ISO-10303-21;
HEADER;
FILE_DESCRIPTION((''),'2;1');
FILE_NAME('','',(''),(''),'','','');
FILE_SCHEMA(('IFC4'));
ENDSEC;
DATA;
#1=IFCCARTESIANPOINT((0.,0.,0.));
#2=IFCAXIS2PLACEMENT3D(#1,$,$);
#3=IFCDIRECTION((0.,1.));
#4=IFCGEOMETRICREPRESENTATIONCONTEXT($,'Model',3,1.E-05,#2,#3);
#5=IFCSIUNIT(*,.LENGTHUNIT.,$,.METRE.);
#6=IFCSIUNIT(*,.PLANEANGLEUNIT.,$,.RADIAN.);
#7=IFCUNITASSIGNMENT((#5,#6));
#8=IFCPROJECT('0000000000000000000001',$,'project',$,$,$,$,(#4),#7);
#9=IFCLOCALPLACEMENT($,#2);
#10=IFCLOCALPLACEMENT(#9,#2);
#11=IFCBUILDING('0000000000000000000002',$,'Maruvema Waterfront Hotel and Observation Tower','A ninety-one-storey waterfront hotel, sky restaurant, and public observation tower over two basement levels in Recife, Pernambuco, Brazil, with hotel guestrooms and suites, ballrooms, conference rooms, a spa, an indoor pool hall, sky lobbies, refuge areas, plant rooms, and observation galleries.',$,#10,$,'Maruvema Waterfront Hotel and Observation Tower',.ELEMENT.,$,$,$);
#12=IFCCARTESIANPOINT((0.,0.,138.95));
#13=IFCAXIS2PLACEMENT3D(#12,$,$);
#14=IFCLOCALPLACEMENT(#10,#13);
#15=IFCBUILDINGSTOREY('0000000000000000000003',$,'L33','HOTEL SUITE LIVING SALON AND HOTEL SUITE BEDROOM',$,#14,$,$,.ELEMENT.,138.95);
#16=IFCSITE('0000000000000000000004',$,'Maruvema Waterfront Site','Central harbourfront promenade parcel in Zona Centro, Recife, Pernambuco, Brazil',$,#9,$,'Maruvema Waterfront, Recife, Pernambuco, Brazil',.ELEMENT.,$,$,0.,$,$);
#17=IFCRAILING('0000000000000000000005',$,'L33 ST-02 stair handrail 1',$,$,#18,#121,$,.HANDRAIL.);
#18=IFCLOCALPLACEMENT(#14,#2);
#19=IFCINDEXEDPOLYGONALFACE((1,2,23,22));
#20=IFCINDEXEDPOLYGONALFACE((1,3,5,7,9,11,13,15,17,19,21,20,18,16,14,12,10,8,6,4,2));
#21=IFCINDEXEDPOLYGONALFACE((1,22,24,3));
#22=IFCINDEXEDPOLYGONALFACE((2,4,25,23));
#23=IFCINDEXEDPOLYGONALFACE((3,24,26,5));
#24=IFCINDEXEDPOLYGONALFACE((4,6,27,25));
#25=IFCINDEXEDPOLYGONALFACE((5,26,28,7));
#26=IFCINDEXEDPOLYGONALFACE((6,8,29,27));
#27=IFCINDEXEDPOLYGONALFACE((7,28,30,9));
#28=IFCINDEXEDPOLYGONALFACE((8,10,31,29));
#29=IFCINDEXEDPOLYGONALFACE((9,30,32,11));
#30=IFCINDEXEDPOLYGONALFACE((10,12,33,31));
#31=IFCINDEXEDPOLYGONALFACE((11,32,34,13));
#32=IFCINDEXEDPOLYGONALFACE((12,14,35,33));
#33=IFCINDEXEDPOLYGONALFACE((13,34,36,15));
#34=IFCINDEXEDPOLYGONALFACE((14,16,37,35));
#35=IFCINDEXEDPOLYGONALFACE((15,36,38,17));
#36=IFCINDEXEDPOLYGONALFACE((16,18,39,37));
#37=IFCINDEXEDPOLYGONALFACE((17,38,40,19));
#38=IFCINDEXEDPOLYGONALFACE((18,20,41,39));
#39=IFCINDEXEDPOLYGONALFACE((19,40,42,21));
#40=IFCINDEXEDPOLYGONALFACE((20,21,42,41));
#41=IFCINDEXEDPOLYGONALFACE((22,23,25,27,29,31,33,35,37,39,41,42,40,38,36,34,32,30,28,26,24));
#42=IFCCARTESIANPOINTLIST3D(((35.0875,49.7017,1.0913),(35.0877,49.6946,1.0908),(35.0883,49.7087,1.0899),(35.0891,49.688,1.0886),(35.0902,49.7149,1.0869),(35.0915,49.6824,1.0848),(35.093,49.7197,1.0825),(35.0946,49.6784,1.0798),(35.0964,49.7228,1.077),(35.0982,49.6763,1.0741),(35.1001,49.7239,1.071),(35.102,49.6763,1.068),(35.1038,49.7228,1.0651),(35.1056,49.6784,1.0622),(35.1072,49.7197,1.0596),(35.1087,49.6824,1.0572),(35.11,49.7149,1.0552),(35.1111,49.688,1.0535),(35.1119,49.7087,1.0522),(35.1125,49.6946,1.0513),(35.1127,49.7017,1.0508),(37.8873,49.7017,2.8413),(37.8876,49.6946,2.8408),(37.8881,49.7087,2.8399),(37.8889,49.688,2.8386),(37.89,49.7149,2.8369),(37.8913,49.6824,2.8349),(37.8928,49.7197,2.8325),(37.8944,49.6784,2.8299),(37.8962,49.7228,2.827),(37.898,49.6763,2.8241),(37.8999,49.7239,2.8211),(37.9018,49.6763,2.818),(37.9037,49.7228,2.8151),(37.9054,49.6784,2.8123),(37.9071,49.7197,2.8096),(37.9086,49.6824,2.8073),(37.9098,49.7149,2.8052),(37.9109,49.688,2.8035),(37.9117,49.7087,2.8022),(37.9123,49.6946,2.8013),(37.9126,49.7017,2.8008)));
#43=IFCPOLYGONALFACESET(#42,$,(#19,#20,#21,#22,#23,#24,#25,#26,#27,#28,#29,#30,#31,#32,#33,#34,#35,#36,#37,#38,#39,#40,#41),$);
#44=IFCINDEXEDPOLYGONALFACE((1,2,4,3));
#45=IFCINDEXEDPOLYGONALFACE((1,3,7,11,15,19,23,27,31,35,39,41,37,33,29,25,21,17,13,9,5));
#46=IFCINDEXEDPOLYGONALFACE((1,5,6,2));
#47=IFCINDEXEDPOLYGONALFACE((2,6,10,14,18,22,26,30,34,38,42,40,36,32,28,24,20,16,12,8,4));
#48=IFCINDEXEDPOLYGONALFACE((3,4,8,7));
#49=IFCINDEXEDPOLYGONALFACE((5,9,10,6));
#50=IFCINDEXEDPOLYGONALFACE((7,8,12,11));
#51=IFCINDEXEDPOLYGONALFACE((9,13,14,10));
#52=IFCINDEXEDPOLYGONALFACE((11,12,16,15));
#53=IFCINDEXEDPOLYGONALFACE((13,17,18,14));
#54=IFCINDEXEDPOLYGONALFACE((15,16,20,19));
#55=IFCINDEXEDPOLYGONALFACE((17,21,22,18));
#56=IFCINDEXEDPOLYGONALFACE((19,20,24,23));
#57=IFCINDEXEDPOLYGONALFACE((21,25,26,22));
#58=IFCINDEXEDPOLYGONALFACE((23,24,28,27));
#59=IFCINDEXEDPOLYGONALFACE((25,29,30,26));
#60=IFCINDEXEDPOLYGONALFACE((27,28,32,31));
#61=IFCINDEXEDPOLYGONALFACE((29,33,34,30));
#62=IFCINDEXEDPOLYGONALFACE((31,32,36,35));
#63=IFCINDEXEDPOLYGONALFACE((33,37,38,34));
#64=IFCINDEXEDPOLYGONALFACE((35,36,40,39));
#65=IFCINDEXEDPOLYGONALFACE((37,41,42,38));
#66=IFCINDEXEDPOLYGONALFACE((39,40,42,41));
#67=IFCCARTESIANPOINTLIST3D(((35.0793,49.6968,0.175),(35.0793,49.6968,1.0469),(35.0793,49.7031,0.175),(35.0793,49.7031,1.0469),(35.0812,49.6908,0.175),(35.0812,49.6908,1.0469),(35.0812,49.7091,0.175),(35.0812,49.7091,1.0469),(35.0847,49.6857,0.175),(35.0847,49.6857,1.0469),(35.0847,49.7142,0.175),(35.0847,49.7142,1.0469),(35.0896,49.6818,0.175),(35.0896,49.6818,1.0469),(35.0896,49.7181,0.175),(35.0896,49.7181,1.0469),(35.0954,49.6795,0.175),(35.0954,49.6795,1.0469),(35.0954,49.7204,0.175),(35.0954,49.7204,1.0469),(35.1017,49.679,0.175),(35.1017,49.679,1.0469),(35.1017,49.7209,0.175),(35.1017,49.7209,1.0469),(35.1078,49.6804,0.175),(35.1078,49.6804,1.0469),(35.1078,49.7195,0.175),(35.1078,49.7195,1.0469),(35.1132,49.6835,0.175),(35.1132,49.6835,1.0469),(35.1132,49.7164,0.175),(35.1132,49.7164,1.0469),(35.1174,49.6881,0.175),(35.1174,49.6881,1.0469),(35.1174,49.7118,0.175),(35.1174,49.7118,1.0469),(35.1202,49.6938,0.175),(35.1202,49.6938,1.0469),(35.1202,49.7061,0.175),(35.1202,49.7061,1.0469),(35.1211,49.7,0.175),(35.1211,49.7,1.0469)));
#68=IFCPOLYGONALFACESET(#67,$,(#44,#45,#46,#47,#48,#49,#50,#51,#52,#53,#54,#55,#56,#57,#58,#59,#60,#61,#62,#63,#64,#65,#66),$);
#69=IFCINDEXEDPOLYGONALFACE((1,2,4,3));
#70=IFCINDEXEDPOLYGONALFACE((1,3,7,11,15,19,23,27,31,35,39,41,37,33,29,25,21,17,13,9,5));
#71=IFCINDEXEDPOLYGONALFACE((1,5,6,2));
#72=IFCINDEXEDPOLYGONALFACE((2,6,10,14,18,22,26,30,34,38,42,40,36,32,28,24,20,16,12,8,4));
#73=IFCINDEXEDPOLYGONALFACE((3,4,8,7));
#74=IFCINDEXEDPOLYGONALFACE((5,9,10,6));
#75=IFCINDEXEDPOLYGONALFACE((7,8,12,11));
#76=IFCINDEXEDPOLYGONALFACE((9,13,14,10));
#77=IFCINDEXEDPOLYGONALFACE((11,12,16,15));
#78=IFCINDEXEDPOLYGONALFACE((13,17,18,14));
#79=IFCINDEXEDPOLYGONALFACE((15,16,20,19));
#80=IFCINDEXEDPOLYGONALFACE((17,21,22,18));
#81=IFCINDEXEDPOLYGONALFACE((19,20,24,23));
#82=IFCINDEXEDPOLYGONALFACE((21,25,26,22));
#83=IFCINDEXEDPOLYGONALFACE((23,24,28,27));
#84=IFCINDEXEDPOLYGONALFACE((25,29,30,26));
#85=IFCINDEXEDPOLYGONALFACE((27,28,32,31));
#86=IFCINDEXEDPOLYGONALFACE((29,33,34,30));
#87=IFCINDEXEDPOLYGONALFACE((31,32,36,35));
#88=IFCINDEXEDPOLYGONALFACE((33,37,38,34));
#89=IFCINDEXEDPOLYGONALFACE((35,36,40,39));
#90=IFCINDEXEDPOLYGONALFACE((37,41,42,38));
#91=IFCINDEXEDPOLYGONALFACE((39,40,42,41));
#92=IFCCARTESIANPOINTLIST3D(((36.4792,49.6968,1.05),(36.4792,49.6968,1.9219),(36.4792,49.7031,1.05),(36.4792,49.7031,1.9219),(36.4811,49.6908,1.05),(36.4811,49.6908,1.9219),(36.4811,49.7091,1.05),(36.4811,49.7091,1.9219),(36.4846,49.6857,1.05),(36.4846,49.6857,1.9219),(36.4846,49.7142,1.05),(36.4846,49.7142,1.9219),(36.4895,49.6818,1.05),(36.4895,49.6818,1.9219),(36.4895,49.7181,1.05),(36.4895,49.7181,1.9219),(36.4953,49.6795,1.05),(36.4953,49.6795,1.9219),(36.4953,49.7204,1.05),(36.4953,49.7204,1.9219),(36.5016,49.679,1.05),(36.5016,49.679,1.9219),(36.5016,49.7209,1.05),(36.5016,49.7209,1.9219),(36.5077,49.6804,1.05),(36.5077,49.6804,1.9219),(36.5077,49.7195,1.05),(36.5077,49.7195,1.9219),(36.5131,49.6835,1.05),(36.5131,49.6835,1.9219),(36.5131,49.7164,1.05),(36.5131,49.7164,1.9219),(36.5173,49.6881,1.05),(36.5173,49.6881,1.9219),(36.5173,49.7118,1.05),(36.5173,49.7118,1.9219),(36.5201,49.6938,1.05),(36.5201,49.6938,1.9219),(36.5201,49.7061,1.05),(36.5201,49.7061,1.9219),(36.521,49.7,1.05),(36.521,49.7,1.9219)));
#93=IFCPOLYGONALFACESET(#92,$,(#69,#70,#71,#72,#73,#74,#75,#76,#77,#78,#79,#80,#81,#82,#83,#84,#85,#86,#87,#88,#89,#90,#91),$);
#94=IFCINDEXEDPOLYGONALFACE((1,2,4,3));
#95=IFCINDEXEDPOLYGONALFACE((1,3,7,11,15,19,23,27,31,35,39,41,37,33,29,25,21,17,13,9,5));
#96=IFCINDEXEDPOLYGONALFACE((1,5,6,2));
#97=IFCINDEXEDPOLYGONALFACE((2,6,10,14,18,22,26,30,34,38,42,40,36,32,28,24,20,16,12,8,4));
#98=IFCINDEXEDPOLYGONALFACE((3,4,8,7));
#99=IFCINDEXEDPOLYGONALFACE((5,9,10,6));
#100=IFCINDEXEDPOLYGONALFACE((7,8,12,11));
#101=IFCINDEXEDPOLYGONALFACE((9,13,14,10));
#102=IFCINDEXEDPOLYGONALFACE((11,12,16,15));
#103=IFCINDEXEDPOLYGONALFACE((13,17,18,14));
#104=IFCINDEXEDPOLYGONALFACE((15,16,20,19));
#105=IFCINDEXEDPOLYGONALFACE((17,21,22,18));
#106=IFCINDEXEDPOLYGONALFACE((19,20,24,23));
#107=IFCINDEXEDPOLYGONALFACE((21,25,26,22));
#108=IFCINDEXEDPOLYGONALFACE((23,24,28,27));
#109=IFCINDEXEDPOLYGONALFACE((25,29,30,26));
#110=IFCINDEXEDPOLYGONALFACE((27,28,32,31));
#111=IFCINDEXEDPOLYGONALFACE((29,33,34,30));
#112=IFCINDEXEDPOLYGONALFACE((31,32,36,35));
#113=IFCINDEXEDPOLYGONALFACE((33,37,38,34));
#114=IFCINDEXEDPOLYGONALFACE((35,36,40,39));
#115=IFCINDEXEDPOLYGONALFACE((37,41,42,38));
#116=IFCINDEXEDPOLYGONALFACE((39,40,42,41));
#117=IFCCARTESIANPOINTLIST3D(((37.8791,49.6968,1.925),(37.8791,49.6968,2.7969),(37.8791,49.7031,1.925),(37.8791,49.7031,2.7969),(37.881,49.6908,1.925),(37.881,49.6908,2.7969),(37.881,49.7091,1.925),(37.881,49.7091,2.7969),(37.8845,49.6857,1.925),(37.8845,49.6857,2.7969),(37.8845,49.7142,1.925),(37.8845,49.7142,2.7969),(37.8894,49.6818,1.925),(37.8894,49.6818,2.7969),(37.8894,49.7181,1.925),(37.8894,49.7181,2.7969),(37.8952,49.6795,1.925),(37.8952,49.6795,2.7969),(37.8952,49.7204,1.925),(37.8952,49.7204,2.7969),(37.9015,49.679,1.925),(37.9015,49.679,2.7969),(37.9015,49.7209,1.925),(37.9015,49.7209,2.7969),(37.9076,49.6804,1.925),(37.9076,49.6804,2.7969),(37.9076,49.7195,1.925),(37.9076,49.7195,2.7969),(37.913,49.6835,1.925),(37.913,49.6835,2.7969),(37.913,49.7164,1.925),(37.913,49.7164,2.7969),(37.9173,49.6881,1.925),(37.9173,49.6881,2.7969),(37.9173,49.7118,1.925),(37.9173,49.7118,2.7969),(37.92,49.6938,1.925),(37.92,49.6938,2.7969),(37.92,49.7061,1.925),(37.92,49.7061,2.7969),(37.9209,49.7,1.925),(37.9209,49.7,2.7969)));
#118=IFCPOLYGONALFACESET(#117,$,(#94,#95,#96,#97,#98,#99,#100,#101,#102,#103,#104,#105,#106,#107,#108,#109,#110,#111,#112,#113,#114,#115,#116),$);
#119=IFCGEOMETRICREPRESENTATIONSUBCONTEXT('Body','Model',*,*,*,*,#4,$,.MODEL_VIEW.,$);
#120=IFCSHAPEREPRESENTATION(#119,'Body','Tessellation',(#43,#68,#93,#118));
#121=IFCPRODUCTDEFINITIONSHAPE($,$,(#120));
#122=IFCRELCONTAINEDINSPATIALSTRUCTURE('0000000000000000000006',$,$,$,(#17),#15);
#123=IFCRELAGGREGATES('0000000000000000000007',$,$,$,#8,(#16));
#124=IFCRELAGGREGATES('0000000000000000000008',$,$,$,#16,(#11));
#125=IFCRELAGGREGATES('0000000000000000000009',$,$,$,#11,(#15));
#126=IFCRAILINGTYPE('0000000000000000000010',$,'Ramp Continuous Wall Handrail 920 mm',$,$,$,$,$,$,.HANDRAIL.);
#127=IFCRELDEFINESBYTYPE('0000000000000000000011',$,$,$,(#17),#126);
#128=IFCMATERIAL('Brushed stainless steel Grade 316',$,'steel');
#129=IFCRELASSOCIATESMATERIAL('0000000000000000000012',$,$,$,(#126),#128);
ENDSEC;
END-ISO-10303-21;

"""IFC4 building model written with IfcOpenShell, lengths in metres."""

from ifc_helpers import new_model, si_unit, direction, frame, origin, origin_2d, place, context, subcontext, project, spatial, circle, extrude, material, type_object, element, save


model = new_model("IFC4")

# Units and contexts
model_context = context("Model", 3, precision=1e-05, world=origin(), true_north=direction((0.0, 1.0)))
body_context = subcontext(model_context, "Body", "Model", "MODEL_VIEW")
ifc_project = project(units=[si_unit("LENGTHUNIT", "METRE"), si_unit("PLANEANGLEUNIT", "RADIAN")], contexts=[model_context])

# Site, building, storey
site_placement = place(None, origin())
site = spatial("IfcSite", under=ifc_project, at=site_placement, Name="Maruvema Waterfront Site", Description="Central harbourfront promenade parcel in Zona Centro, Recife, Pernambuco, Brazil", LongName="Maruvema Waterfront, Recife, Pernambuco, Brazil", CompositionType="ELEMENT", RefElevation=0.0)
building_placement = place(site_placement, origin())
building = spatial("IfcBuilding", under=site, at=building_placement, Name="Maruvema Waterfront Hotel and Observation Tower", Description="A ninety-one-storey waterfront hotel, sky restaurant, and public observation tower over two basement levels in Recife, Pernambuco, Brazil, with hotel guestrooms and suites, ballrooms, conference rooms, a spa, an indoor pool hall, sky lobbies, refuge areas, plant rooms, and observation galleries.", LongName="Maruvema Waterfront Hotel and Observation Tower", CompositionType="ELEMENT")
storey_placement = place(building_placement, frame((0.0, 0.0, 138.95)))
storey = spatial("IfcBuildingStorey", under=building, at=storey_placement, Name="L33", Description="HOTEL SUITE LIVING SALON AND HOTEL SUITE BEDROOM", CompositionType="ELEMENT", Elevation=138.95)

# Railing
ifc_material_1 = material(Name="Brushed stainless steel Grade 316", Category="steel")
railing_type_1 = type_object("IfcRailingType", Name="Ramp Continuous Wall Handrail 920 mm", PredefinedType="HANDRAIL", material=ifc_material_1)
railing_1_placement = place(storey_placement, frame((35.1001, 49.7, 0.175)))
element("IfcRailing", 1, at=railing_1_placement, inside=storey, type_object=railing_type_1, Name="L33 ST-02 stair handrail 1", PredefinedType="HANDRAIL", context=body_context, shape_type="SweptSolid", body=[
    extrude(circle(Radius=0.0239, at=origin_2d()), frame((0.0, 0.0, 0.896), z_axis=(0.847982, 0.0, 0.530026), x_axis=(0.0, 1.0, 0.0)), (0.0, 0.0, 1.0), 3.3018),
    extrude(circle(Radius=0.021, at=origin_2d()), origin(), (0.0, 0.0, 1.0), 0.8718),
    extrude(circle(Radius=0.021, at=origin_2d()), frame((1.3999, 0.0, 0.875)), (0.0, 0.0, 1.0), 0.8718),
    extrude(circle(Radius=0.021, at=origin_2d()), frame((2.7998, 0.0, 1.75)), (0.0, 0.0, 1.0), 0.8718),
])

save(model, "model.ifc")
